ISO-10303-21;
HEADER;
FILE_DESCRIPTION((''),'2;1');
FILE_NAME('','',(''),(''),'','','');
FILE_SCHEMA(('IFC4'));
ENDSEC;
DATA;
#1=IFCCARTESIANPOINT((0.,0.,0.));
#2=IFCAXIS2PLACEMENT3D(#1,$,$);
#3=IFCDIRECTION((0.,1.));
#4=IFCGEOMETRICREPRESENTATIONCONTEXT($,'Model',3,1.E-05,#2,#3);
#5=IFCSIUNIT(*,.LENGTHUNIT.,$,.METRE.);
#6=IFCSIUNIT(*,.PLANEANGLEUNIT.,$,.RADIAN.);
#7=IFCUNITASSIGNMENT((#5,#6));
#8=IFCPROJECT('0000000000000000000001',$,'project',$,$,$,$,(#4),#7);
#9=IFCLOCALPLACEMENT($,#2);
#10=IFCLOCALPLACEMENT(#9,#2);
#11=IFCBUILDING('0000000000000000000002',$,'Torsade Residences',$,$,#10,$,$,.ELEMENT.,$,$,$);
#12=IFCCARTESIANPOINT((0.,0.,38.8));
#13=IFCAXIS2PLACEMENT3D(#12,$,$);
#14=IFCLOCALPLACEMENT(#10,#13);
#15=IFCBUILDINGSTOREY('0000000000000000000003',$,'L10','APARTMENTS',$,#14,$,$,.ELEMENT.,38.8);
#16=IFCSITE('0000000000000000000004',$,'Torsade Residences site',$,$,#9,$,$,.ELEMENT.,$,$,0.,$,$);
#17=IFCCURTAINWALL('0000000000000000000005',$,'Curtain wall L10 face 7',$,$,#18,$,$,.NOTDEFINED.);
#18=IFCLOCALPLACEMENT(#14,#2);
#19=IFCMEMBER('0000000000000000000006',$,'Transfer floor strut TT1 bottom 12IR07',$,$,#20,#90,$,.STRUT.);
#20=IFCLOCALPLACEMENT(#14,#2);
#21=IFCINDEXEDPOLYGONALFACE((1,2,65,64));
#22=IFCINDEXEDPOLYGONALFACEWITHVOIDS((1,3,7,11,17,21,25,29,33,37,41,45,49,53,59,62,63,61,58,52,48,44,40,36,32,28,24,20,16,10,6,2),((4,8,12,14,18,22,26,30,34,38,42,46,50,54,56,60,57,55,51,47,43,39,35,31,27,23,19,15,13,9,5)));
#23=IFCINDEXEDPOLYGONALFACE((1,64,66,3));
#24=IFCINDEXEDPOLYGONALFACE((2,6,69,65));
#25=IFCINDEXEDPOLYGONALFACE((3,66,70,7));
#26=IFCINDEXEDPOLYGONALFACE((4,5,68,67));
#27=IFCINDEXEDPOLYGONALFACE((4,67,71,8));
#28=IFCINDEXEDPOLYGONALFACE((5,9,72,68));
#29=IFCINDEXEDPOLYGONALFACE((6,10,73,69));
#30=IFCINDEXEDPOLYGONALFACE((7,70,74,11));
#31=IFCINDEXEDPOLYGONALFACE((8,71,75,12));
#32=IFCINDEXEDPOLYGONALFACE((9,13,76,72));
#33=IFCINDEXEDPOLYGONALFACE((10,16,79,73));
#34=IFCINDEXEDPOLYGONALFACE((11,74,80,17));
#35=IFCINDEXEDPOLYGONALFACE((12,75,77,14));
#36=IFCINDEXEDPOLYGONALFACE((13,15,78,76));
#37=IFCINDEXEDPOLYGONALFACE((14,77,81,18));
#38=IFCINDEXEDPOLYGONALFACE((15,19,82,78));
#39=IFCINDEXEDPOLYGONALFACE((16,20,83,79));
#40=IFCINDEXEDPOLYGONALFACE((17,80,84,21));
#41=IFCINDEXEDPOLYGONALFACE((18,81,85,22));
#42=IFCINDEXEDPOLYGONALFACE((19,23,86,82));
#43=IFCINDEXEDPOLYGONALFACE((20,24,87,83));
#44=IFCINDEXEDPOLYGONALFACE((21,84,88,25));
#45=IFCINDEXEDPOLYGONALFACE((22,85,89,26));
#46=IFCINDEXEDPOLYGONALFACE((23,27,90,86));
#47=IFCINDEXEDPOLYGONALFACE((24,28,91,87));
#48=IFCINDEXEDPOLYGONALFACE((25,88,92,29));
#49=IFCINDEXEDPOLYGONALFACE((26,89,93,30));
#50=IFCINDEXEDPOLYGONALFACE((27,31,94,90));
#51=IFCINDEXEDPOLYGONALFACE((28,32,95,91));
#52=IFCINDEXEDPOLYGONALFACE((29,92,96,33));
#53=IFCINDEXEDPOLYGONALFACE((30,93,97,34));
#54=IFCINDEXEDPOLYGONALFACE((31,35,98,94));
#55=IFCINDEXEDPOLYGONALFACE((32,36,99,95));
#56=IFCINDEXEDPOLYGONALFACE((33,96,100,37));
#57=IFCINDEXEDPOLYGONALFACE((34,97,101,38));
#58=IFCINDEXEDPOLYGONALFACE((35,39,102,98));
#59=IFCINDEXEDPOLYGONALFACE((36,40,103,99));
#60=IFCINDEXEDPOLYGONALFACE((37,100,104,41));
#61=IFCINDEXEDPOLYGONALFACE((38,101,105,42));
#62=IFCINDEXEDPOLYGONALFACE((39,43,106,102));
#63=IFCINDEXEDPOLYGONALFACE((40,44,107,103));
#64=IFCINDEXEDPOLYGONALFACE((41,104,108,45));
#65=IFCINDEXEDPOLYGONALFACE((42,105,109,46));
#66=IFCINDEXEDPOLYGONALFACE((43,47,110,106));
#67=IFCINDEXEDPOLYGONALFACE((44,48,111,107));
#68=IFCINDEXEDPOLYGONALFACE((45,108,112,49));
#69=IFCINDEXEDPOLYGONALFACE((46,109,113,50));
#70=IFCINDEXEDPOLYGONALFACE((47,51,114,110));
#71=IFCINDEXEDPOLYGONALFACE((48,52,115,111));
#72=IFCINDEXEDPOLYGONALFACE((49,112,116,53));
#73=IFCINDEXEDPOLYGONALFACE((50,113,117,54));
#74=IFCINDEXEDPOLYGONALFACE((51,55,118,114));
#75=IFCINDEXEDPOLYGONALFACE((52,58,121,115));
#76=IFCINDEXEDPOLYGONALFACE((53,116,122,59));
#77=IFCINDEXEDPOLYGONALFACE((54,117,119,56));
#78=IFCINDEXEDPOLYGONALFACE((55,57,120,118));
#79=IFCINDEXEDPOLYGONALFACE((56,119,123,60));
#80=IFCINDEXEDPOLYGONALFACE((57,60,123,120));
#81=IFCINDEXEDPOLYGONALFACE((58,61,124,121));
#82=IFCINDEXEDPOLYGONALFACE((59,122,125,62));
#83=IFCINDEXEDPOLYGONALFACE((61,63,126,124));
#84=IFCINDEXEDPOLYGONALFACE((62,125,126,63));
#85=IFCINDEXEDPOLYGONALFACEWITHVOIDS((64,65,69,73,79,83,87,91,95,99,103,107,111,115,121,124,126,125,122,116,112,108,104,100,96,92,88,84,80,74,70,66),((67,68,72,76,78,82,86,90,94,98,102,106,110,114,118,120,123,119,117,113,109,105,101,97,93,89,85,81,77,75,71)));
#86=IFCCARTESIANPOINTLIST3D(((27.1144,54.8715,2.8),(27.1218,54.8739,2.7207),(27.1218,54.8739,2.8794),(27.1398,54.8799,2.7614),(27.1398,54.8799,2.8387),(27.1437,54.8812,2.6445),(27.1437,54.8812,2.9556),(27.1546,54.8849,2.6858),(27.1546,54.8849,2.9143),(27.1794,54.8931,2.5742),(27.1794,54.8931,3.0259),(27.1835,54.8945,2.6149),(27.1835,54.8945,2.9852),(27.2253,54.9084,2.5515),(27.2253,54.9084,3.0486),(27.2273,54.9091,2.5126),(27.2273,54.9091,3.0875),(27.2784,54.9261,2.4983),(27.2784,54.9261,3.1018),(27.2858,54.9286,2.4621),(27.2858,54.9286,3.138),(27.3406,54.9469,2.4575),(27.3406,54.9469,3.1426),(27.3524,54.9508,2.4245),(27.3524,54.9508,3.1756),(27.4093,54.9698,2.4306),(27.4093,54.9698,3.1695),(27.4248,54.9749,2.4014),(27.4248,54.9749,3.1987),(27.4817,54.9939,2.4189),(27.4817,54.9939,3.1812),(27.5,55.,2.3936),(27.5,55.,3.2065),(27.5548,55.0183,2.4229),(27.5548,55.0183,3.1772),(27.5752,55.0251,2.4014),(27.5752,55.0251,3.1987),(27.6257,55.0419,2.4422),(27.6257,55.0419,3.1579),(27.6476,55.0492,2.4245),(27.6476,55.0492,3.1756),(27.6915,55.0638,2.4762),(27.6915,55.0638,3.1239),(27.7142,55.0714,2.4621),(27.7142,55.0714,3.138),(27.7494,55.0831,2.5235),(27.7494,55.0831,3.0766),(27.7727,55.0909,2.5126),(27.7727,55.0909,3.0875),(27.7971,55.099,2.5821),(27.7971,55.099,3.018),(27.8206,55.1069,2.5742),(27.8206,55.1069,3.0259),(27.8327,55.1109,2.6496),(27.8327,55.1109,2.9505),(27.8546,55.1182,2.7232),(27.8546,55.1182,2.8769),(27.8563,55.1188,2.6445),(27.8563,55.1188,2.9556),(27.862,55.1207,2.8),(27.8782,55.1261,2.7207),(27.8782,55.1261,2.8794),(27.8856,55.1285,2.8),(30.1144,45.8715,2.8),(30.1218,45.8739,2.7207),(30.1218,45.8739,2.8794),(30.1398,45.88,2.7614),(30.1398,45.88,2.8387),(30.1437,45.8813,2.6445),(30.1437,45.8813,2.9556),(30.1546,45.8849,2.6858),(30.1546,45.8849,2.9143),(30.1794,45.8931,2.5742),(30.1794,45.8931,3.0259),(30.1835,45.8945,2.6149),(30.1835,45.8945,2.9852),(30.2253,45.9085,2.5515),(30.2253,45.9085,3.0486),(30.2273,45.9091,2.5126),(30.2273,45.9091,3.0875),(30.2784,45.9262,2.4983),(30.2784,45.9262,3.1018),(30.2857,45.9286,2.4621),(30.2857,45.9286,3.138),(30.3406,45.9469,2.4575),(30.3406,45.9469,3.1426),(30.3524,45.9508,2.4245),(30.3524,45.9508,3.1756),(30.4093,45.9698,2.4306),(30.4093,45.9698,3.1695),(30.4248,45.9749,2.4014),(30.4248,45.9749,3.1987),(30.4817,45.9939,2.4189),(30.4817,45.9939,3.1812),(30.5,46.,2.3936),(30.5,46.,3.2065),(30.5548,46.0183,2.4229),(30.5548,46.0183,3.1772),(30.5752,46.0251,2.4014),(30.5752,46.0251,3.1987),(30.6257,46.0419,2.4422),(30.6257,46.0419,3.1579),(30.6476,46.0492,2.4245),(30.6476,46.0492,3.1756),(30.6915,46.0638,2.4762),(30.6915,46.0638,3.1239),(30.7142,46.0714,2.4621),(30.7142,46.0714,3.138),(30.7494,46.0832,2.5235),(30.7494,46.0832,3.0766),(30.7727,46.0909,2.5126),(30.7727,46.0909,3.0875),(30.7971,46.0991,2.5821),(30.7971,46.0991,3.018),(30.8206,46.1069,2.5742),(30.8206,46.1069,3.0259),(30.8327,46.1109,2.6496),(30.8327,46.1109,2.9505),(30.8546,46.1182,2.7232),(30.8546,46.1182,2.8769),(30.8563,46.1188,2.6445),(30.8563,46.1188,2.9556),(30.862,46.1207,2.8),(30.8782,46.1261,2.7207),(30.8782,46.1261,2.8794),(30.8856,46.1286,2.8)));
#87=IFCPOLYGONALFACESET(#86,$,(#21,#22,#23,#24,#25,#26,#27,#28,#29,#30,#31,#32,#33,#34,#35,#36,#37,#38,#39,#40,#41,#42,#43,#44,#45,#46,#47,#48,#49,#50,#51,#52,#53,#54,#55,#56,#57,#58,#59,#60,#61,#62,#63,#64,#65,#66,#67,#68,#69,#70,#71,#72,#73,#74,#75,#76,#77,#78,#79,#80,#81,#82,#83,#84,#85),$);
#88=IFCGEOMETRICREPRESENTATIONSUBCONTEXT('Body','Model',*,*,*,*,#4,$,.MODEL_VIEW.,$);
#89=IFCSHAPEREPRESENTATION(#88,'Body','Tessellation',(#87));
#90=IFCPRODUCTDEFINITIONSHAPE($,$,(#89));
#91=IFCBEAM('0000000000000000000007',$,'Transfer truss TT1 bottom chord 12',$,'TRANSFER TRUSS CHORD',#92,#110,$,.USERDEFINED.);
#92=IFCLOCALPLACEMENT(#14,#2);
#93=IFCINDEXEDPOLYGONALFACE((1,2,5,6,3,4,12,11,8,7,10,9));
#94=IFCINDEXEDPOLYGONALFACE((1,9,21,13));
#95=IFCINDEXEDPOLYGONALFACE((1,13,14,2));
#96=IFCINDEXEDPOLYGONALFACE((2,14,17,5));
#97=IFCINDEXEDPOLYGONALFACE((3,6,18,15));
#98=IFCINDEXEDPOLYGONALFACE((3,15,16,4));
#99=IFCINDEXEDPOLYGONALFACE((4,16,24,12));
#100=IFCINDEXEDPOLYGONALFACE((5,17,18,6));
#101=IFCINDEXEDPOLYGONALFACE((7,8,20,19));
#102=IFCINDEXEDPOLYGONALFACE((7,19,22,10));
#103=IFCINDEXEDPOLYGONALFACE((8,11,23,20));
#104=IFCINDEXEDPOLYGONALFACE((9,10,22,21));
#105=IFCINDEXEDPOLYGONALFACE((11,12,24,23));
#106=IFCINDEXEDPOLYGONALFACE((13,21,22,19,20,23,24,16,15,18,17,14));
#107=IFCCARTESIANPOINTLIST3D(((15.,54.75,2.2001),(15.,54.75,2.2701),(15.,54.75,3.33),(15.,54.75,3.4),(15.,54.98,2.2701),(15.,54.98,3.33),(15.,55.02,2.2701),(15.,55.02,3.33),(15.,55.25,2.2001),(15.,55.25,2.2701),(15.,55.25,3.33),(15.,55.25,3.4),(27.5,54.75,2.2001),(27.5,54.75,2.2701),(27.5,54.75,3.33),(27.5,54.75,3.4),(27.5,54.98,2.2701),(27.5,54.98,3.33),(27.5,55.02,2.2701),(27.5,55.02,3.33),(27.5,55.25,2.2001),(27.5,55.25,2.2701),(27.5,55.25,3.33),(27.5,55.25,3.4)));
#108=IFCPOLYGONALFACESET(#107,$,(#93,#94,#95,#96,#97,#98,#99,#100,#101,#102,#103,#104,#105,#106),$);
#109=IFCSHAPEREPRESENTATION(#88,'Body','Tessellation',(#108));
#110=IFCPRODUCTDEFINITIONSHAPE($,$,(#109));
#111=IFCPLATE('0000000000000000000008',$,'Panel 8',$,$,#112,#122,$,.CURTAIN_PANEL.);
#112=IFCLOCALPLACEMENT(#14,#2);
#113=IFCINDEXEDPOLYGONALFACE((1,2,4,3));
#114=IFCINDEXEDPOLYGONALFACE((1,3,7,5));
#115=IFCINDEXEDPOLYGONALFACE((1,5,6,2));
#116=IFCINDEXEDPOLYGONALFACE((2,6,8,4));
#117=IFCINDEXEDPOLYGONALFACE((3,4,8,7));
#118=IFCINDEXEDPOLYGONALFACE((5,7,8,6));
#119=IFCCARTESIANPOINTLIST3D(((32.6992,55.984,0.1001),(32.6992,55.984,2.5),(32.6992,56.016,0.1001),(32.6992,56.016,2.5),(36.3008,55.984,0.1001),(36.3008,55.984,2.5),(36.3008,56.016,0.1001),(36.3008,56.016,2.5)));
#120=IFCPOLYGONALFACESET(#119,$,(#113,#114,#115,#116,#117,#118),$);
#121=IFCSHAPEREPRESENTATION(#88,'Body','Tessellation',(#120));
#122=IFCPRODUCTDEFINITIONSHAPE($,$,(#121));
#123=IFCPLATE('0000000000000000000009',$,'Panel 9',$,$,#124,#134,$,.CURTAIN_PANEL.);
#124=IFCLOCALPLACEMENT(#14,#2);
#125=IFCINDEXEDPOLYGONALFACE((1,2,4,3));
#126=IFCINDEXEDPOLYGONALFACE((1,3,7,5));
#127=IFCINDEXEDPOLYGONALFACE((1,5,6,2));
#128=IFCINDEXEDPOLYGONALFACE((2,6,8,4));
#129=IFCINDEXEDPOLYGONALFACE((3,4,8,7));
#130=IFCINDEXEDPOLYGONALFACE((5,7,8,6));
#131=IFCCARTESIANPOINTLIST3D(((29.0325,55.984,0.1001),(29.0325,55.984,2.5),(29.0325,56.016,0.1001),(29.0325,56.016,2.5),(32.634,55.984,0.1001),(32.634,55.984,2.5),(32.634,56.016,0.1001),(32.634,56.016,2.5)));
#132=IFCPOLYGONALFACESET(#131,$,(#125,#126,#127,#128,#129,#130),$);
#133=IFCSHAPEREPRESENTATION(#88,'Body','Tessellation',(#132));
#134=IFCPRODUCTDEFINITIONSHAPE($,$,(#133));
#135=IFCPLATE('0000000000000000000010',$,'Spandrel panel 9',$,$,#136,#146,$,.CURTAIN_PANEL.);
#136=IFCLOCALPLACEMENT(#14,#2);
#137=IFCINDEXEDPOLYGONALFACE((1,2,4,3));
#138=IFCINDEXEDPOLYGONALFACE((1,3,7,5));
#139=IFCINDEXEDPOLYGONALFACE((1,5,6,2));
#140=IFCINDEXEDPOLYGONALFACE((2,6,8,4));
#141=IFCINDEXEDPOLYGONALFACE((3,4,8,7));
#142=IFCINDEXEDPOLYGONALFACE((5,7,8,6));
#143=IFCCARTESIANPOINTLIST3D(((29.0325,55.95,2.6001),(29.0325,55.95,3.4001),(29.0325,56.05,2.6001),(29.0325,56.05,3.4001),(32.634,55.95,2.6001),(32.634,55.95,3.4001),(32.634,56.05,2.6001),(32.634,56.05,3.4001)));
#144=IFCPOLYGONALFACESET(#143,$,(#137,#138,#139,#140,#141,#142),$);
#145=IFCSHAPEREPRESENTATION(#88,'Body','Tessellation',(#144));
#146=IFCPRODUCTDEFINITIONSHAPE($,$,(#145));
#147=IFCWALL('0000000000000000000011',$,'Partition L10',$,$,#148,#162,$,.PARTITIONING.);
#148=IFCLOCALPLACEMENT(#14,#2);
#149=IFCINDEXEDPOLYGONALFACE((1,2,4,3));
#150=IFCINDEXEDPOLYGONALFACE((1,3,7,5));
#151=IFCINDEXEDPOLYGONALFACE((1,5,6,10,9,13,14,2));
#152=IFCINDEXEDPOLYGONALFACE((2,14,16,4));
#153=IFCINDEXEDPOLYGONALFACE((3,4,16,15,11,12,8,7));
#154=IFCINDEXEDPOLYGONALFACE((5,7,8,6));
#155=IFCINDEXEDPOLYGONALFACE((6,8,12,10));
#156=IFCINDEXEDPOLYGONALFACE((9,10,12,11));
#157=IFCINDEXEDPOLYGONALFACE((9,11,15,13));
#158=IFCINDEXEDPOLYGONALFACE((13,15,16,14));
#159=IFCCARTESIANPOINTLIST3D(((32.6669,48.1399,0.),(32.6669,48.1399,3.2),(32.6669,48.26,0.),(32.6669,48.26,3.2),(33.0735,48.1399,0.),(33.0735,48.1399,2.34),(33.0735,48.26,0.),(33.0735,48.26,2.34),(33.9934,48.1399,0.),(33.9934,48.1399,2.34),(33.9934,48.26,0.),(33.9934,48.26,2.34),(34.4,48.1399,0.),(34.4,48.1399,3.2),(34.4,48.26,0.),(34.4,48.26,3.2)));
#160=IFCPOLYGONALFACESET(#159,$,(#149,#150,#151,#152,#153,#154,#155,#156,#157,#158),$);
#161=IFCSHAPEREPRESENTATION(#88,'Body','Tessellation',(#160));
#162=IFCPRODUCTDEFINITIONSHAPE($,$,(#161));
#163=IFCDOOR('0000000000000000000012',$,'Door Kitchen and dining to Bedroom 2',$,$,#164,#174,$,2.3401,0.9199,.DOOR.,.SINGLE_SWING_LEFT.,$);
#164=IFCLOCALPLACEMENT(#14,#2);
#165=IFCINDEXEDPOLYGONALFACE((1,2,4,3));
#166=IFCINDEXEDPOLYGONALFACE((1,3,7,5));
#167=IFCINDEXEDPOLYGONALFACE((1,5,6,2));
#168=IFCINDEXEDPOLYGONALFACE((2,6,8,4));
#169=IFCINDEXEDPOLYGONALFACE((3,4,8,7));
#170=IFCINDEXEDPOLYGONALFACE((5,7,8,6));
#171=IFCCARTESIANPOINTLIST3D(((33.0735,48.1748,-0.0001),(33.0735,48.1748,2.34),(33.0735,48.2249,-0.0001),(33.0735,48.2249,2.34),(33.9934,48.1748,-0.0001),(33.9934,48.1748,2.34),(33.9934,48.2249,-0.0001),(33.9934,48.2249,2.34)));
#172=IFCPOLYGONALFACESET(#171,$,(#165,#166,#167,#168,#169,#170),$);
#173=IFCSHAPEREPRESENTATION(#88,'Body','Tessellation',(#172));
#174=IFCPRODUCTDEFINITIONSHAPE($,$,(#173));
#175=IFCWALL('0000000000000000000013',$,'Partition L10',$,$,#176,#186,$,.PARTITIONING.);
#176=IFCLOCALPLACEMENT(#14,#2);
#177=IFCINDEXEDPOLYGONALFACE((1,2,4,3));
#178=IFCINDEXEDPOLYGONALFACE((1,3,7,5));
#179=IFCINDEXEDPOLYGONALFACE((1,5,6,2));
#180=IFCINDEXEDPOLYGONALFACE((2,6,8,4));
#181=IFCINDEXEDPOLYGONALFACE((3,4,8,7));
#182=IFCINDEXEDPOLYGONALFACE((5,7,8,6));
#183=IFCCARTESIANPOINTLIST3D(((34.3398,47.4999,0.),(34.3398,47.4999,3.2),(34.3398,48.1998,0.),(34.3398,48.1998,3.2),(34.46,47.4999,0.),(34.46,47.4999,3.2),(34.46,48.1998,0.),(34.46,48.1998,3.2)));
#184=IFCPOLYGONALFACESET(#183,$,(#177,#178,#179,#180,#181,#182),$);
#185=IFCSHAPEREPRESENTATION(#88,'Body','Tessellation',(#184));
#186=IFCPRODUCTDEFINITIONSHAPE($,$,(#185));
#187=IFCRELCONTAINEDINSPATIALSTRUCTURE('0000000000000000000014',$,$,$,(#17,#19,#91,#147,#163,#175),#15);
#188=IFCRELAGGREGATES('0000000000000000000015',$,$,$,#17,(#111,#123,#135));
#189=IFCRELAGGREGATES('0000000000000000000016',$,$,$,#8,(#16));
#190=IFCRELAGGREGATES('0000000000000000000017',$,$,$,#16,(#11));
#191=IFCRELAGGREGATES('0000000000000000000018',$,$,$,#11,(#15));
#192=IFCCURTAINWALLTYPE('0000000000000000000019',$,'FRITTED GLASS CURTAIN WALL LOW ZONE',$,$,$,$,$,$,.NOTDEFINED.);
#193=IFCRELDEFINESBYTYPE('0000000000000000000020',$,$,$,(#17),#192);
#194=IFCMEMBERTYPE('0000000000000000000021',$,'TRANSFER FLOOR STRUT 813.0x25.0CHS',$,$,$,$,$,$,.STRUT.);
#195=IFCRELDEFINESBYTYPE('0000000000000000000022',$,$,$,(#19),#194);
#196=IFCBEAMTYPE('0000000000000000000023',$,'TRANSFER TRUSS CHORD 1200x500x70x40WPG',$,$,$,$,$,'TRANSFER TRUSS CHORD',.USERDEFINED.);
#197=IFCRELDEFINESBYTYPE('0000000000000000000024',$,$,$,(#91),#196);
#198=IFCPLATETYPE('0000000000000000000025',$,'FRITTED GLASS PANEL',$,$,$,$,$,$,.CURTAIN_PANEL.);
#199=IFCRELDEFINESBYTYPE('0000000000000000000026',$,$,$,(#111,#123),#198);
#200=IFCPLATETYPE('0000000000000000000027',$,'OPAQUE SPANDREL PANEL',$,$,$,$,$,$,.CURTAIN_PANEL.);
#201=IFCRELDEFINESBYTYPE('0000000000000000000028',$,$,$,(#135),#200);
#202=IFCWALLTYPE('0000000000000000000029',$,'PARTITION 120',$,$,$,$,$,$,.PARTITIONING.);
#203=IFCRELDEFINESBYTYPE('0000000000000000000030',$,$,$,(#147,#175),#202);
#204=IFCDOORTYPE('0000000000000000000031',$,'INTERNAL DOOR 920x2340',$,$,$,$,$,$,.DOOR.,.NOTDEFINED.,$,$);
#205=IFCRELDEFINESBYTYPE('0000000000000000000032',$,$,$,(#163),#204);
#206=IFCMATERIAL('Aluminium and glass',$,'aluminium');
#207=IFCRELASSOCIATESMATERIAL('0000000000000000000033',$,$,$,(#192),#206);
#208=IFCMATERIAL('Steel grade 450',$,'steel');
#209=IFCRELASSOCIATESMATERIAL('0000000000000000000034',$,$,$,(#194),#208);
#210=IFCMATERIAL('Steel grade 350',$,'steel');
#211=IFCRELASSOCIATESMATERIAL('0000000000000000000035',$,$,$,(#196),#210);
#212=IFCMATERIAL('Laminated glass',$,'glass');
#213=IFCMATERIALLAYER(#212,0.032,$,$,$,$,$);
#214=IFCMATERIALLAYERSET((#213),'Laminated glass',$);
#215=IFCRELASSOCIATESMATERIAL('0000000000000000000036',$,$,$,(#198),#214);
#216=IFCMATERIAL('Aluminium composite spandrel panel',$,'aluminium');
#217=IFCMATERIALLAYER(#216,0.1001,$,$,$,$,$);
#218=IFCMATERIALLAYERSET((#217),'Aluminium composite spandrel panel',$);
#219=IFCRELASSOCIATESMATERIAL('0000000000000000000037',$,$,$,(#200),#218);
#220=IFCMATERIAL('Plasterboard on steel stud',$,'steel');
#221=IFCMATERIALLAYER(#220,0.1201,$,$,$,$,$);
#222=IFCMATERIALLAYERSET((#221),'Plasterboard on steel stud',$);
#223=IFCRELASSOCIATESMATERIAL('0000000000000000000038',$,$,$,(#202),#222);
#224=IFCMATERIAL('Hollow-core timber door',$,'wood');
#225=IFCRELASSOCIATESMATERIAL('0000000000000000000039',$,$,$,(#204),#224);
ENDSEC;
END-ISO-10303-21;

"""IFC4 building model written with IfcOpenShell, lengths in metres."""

from ifc_helpers import new_model, si_unit, direction, frame, frame_2d, origin, origin_2d, place, context, subcontext, project, spatial, rectangle, hollow_circle, i_section, extrude, material, layer, layer_set, material_profile, profile_set, type_object, element, fill, aggregate, save


model = new_model("IFC4")

# Units and contexts
model_context = context("Model", 3, precision=1e-05, world=origin(), true_north=direction((0.0, 1.0)))
body_context = subcontext(model_context, "Body", "Model", "MODEL_VIEW")
ifc_project = project(units=[si_unit("LENGTHUNIT", "METRE"), si_unit("PLANEANGLEUNIT", "RADIAN")], contexts=[model_context])

# Site, building, storey
site_placement = place(None, origin())
site = spatial("IfcSite", under=ifc_project, at=site_placement, Name="Torsade Residences site", CompositionType="ELEMENT", RefElevation=0.0)
building_placement = place(site_placement, origin())
building = spatial("IfcBuilding", under=site, at=building_placement, Name="Torsade Residences", CompositionType="ELEMENT")
storey_placement = place(building_placement, frame((0.0, 0.0, 38.8)))
storey = spatial("IfcBuildingStorey", under=building, at=storey_placement, Name="L10", Description="APARTMENTS", CompositionType="ELEMENT", Elevation=38.8)

# Curtain wall
ifc_material_1 = material(Name="Aluminium and glass", Category="aluminium")
curtain_wall_type = type_object("IfcCurtainWallType", Name="FRITTED GLASS CURTAIN WALL LOW ZONE", PredefinedType="NOTDEFINED", material=ifc_material_1)
curtain_wall_placement = place(storey_placement, origin())
curtain_wall = element("IfcCurtainWall", 1, at=curtain_wall_placement, inside=storey, type_object=curtain_wall_type, Name="Curtain wall L10 face 7", PredefinedType="NOTDEFINED")

# Member
ifc_material_2 = material(Name="Steel grade 450", Category="steel")
ifc_material_profile_1 = material_profile(ifc_material_2, hollow_circle(Radius=0.4065, WallThickness=0.0249, at=origin_2d()), Name="813.0x25.0CHS")
ifc_profile_set_1 = profile_set([ifc_material_profile_1], Name="Steel grade 450")
member_type_1 = type_object("IfcMemberType", Name="TRANSFER FLOOR STRUT 813.0x25.0CHS", PredefinedType="STRUT", material=ifc_profile_set_1)
member_1_placement = place(storey_placement, frame((27.5, 55.0, 2.8), z_axis=(0.316228, -0.948683, 0.0), x_axis=(0.948683, 0.316228, 0.0)))
element("IfcMember", 2, at=member_1_placement, inside=storey, type_object=member_type_1, Name="Transfer floor strut TT1 bottom 12IR07", PredefinedType="STRUT", context=body_context, shape_type="SweptSolid", body=[
    extrude(hollow_circle(Radius=0.4065, WallThickness=0.0249, at=origin_2d()), origin(), (0.0, 0.0, 1.0), 9.4868),
])

# Beam
ifc_material_3 = material(Name="Steel grade 350", Category="steel")
ifc_material_profile_2 = material_profile(ifc_material_3, i_section(OverallWidth=0.5, OverallDepth=1.2, WebThickness=0.04, FlangeThickness=0.0701, at=origin_2d()), Name="1200x500x70x40WPG")
ifc_profile_set_2 = profile_set([ifc_material_profile_2], Name="Steel grade 350")
beam_type_1 = type_object("IfcBeamType", Name="TRANSFER TRUSS CHORD 1200x500x70x40WPG", ElementType="TRANSFER TRUSS CHORD", PredefinedType="USERDEFINED", material=ifc_profile_set_2)
beam_1_placement = place(storey_placement, frame((27.5, 55.0, 2.8), z_axis=(-1.0, 0.0, 0.0), x_axis=(0.0, -1.0, 0.0)))
element("IfcBeam", 3, at=beam_1_placement, inside=storey, type_object=beam_type_1, Name="Transfer truss TT1 bottom chord 12", ObjectType="TRANSFER TRUSS CHORD", PredefinedType="USERDEFINED", context=body_context, shape_type="SweptSolid", body=[
    extrude(i_section(OverallWidth=0.5, OverallDepth=1.2, WebThickness=0.04, FlangeThickness=0.0701, at=origin_2d()), origin(), (0.0, 0.0, 1.0), 12.5),
])

# Plates
ifc_material_4 = material(Name="Laminated glass", Category="glass")
ifc_layer_1 = layer(ifc_material_4, 0.032)
ifc_layer_set_1 = layer_set([ifc_layer_1], Name="Laminated glass")
plate_type_1 = type_object("IfcPlateType", Name="FRITTED GLASS PANEL", PredefinedType="CURTAIN_PANEL", material=ifc_layer_set_1)
plate_1_placement = place(storey_placement, frame((34.5, 56.0, 0.1001), z_axis=(0.0, 0.0, 1.0), x_axis=(-1.0, 0.0, 0.0)))
plate_1 = element("IfcPlate", 4, at=plate_1_placement, type_object=plate_type_1, Name="Panel 8", PredefinedType="CURTAIN_PANEL", context=body_context, shape_type="SweptSolid", body=[
    extrude(rectangle(XDim=3.6016, YDim=0.032, at=origin_2d()), origin(), (0.0, 0.0, 1.0), 2.3999),
])
plate_2_placement = place(storey_placement, frame((30.8333, 56.0, 0.1001), z_axis=(0.0, 0.0, 1.0), x_axis=(-1.0, 0.0, 0.0)))
plate_2 = element("IfcPlate", 5, at=plate_2_placement, type_object=plate_type_1, Name="Panel 9", PredefinedType="CURTAIN_PANEL", context=body_context, shape_type="SweptSolid", body=[
    extrude(rectangle(XDim=3.6016, YDim=0.032, at=origin_2d()), origin(), (0.0, 0.0, 1.0), 2.3999),
])
ifc_material_5 = material(Name="Aluminium composite spandrel panel", Category="aluminium")
ifc_layer_2 = layer(ifc_material_5, 0.1001)
ifc_layer_set_2 = layer_set([ifc_layer_2], Name="Aluminium composite spandrel panel")
plate_type_2 = type_object("IfcPlateType", Name="OPAQUE SPANDREL PANEL", PredefinedType="CURTAIN_PANEL", material=ifc_layer_set_2)
plate_3_placement = place(storey_placement, frame((30.8333, 56.0, 2.6001), z_axis=(0.0, 0.0, 1.0), x_axis=(-1.0, 0.0, 0.0)))
plate_3 = element("IfcPlate", 6, at=plate_3_placement, type_object=plate_type_2, Name="Spandrel panel 9", PredefinedType="CURTAIN_PANEL", context=body_context, shape_type="SweptSolid", body=[
    extrude(rectangle(XDim=3.6016, YDim=0.1001, at=origin_2d()), origin(), (0.0, 0.0, 1.0), 0.8),
])
aggregate(curtain_wall, [plate_1, plate_2, plate_3])

# Wall, opening, door
ifc_material_6 = material(Name="Plasterboard on steel stud", Category="steel")
ifc_layer_3 = layer(ifc_material_6, 0.1201)
ifc_layer_set_3 = layer_set([ifc_layer_3], Name="Plasterboard on steel stud")
wall_type_1 = type_object("IfcWallType", Name="PARTITION 120", PredefinedType="PARTITIONING", material=ifc_layer_set_3)
wall_1_placement = place(storey_placement, frame((32.6667, 48.2, 0.0), z_axis=(0.0, 0.0, 1.0), x_axis=(1.0, 0.0, 0.0)))
wall_1 = element("IfcWall", 7, at=wall_1_placement, inside=storey, type_object=wall_type_1, Name="Partition L10", PredefinedType="PARTITIONING", context=body_context, shape_type="SweptSolid", body=[
    extrude(rectangle(XDim=1.7332, YDim=0.1201, at=frame_2d((0.8667, 0.0))), origin(), (0.0, 0.0, 1.0), 3.2),
])
opening_1_placement = place(wall_1_placement, frame((0.4067, 0.0, 0.0)))
opening_1 = element("IfcOpeningElement", 8, at=opening_1_placement, cuts=wall_1, PredefinedType="OPENING", context=body_context, shape_type="SweptSolid", body=[
    extrude(rectangle(XDim=0.9199, YDim=2.3401, at=frame_2d((0.46, 1.1699))), frame((0.0, 0.0701, 0.0), z_axis=(0.0, -1.0, 0.0), x_axis=(1.0, 0.0, 0.0)), (0.0, 0.0, 1.0), 0.1401),
])
ifc_material_7 = material(Name="Hollow-core timber door", Category="wood")
door_type_1 = type_object("IfcDoorType", Name="INTERNAL DOOR 920x2340", OperationType="NOTDEFINED", PredefinedType="DOOR", material=ifc_material_7)
door_1_placement = place(opening_1_placement, origin())
door_1 = element("IfcDoor", 9, at=door_1_placement, inside=storey, type_object=door_type_1, Name="Door Kitchen and dining to Bedroom 2", OperationType="SINGLE_SWING_LEFT", OverallHeight=2.3401, OverallWidth=0.9199, PredefinedType="DOOR", context=body_context, shape_type="SweptSolid", body=[
    extrude(rectangle(XDim=0.9199, YDim=2.3401, at=frame_2d((0.46, 1.1699))), frame((0.0, 0.0249, 0.0), z_axis=(0.0, -1.0, 0.0), x_axis=(1.0, 0.0, 0.0)), (0.0, 0.0, 1.0), 0.05),
])
fill(opening_1, door_1)

# Wall
wall_2_placement = place(storey_placement, frame((34.3999, 48.2, 0.0), z_axis=(0.0, 0.0, 1.0), x_axis=(0.0, -1.0, 0.0)))
element("IfcWall", 10, at=wall_2_placement, inside=storey, type_object=wall_type_1, Name="Partition L10", PredefinedType="PARTITIONING", context=body_context, shape_type="SweptSolid", body=[
    extrude(rectangle(XDim=0.7, YDim=0.1201, at=frame_2d((0.3501, 0.0))), origin(), (0.0, 0.0, 1.0), 3.2),
])

save(model, "model.ifc")
